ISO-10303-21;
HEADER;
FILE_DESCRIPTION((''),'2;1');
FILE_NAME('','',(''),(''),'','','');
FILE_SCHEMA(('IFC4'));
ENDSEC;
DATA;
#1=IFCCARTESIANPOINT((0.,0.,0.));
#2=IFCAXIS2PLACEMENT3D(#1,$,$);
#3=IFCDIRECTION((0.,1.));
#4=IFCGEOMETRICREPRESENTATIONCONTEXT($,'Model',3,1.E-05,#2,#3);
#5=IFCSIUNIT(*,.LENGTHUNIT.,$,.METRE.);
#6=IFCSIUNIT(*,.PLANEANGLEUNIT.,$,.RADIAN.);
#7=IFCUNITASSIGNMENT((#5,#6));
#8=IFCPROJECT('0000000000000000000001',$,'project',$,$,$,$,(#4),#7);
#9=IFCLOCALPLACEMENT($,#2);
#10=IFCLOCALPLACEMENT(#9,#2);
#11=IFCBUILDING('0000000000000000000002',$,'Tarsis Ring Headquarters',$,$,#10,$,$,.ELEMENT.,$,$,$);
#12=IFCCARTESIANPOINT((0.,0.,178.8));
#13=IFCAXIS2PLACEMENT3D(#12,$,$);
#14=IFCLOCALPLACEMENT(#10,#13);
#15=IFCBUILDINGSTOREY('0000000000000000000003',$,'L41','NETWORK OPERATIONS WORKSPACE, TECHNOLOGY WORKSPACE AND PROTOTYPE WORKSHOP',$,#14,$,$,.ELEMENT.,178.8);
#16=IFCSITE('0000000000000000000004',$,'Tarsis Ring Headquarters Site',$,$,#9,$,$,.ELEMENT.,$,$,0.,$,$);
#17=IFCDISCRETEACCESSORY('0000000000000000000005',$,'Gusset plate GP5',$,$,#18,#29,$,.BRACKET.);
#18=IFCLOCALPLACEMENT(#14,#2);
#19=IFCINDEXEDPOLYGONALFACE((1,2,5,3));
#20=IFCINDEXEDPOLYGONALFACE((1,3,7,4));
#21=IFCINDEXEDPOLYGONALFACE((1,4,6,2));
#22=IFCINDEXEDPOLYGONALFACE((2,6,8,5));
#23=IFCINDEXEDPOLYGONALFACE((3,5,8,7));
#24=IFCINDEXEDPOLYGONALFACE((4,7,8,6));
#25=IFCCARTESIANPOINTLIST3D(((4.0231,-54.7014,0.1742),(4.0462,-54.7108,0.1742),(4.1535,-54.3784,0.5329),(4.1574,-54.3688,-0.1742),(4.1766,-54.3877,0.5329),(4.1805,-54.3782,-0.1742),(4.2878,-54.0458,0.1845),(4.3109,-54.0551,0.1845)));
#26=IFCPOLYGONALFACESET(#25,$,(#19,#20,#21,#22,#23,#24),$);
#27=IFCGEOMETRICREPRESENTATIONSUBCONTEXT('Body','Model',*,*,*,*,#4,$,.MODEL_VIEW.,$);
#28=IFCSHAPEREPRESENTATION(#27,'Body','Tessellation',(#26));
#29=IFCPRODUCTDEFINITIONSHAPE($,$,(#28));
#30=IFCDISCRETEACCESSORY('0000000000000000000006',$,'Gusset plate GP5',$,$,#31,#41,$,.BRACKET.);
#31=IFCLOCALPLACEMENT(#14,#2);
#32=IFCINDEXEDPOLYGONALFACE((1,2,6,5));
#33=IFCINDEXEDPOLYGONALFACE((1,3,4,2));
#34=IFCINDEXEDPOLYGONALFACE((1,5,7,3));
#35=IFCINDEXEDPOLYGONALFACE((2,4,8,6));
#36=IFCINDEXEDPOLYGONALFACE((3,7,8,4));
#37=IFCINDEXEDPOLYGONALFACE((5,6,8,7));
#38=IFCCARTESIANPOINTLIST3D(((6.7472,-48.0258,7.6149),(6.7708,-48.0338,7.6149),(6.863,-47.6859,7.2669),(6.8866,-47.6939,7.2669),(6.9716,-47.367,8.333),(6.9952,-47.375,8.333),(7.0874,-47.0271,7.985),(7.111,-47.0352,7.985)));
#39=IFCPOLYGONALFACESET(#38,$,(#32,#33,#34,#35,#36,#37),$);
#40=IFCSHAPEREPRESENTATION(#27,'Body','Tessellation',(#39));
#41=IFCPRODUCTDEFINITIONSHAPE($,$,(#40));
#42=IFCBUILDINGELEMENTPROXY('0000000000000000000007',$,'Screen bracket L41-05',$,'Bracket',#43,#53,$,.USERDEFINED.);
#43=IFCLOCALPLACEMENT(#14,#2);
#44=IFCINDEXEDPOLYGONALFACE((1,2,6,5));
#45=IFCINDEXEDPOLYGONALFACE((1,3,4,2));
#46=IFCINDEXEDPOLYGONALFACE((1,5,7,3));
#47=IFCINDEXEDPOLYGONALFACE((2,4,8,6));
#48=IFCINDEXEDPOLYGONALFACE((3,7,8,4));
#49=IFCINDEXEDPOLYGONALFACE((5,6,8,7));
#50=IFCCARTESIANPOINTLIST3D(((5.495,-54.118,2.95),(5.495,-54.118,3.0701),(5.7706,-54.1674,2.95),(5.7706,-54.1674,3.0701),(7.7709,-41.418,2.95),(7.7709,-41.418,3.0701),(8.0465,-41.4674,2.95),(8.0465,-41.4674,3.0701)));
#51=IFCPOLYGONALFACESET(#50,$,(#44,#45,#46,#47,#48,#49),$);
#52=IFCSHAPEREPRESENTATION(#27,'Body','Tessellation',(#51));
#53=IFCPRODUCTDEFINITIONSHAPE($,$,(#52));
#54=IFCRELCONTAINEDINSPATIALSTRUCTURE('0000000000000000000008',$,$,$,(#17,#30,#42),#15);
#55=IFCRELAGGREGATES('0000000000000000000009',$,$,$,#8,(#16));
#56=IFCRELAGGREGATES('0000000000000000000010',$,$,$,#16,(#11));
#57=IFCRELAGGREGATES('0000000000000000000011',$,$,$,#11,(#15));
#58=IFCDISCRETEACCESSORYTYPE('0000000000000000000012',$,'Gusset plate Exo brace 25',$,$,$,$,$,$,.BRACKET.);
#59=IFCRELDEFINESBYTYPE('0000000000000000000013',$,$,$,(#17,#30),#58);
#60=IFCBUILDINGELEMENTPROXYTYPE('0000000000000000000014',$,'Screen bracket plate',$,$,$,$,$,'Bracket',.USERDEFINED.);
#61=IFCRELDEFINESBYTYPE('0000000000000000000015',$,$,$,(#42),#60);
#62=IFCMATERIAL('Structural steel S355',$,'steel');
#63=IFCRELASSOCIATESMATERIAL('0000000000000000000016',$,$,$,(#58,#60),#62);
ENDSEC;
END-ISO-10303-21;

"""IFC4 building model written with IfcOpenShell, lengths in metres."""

from ifc_helpers import new_model, si_unit, direction, frame, origin, origin_2d, place, context, subcontext, project, spatial, rectangle, extrude, material, material_profile, profile_set, type_object, element, save


model = new_model("IFC4")

# Units and contexts
model_context = context("Model", 3, precision=1e-05, world=origin(), true_north=direction((0.0, 1.0)))
body_context = subcontext(model_context, "Body", "Model", "MODEL_VIEW")
ifc_project = project(units=[si_unit("LENGTHUNIT", "METRE"), si_unit("PLANEANGLEUNIT", "RADIAN")], contexts=[model_context])

# Site, building, storey
site_placement = place(None, origin())
site = spatial("IfcSite", under=ifc_project, at=site_placement, Name="Tarsis Ring Headquarters Site", CompositionType="ELEMENT", RefElevation=0.0)
building_placement = place(site_placement, origin())
building = spatial("IfcBuilding", under=site, at=building_placement, Name="Tarsis Ring Headquarters", CompositionType="ELEMENT")
storey_placement = place(building_placement, frame((0.0, 0.0, 178.8)))
storey = spatial("IfcBuildingStorey", under=building, at=storey_placement, Name="L41", Description="NETWORK OPERATIONS WORKSPACE, TECHNOLOGY WORKSPACE AND PROTOTYPE WORKSHOP", CompositionType="ELEMENT", Elevation=178.8)

# Shared definitions
ifc_material_1 = material(Name="Structural steel S355", Category="steel")

# Discrete accessories
ifc_material_profile_1 = material_profile(ifc_material_1, rectangle(XDim=0.0249, YDim=0.5, at=origin_2d()), Name="PL 25x500")
ifc_profile_set_1 = profile_set([ifc_material_profile_1], Name="Structural steel S355")
discrete_accessory_type = type_object("IfcDiscreteAccessoryType", Name="Gusset plate Exo brace 25", PredefinedType="BRACKET", material=ifc_profile_set_1)
discrete_accessory_1_placement = place(storey_placement, frame((4.1018, -54.5398, 0.0), z_axis=(0.260769, 0.646062, 0.717359), x_axis=(-0.927312, 0.374289, 0.0)))
element("IfcDiscreteAccessory", 1, at=discrete_accessory_1_placement, inside=storey, type_object=discrete_accessory_type, Name="Gusset plate GP5", PredefinedType="BRACKET", context=body_context, shape_type="SweptSolid", body=[
    extrude(rectangle(XDim=0.0249, YDim=0.5, at=origin_2d()), origin(), (0.0, 0.0, 1.0), 0.5),
])
discrete_accessory_2_placement = place(storey_placement, frame((6.8169, -47.8599, 7.4409), z_axis=(0.224392, 0.658769, 0.718103), x_axis=(-0.946593, 0.322431, 0.0)))
element("IfcDiscreteAccessory", 2, at=discrete_accessory_2_placement, inside=storey, type_object=discrete_accessory_type, Name="Gusset plate GP5", PredefinedType="BRACKET", context=body_context, shape_type="SweptSolid", body=[
    extrude(rectangle(XDim=0.0249, YDim=0.5, at=origin_2d()), origin(), (0.0, 0.0, 1.0), 1.0),
])

# Building element proxy
building_element_proxy_type = type_object("IfcBuildingElementProxyType", Name="Screen bracket plate", ElementType="Bracket", PredefinedType="USERDEFINED", material=ifc_material_1)
proxy_placement = place(storey_placement, frame((6.7708, -47.7927, 2.95), z_axis=(0.0, 0.0, 1.0), x_axis=(0.176398, 0.984319, 0.0)))
element("IfcBuildingElementProxy", 3, at=proxy_placement, inside=storey, type_object=building_element_proxy_type, Name="Screen bracket L41-05", ObjectType="Bracket", PredefinedType="USERDEFINED", context=body_context, shape_type="SweptSolid", body=[
    extrude(rectangle(XDim=12.9023, YDim=0.28, at=origin_2d()), origin(), (0.0, 0.0, 1.0), 0.1201),
])

save(model, "model.ifc")
